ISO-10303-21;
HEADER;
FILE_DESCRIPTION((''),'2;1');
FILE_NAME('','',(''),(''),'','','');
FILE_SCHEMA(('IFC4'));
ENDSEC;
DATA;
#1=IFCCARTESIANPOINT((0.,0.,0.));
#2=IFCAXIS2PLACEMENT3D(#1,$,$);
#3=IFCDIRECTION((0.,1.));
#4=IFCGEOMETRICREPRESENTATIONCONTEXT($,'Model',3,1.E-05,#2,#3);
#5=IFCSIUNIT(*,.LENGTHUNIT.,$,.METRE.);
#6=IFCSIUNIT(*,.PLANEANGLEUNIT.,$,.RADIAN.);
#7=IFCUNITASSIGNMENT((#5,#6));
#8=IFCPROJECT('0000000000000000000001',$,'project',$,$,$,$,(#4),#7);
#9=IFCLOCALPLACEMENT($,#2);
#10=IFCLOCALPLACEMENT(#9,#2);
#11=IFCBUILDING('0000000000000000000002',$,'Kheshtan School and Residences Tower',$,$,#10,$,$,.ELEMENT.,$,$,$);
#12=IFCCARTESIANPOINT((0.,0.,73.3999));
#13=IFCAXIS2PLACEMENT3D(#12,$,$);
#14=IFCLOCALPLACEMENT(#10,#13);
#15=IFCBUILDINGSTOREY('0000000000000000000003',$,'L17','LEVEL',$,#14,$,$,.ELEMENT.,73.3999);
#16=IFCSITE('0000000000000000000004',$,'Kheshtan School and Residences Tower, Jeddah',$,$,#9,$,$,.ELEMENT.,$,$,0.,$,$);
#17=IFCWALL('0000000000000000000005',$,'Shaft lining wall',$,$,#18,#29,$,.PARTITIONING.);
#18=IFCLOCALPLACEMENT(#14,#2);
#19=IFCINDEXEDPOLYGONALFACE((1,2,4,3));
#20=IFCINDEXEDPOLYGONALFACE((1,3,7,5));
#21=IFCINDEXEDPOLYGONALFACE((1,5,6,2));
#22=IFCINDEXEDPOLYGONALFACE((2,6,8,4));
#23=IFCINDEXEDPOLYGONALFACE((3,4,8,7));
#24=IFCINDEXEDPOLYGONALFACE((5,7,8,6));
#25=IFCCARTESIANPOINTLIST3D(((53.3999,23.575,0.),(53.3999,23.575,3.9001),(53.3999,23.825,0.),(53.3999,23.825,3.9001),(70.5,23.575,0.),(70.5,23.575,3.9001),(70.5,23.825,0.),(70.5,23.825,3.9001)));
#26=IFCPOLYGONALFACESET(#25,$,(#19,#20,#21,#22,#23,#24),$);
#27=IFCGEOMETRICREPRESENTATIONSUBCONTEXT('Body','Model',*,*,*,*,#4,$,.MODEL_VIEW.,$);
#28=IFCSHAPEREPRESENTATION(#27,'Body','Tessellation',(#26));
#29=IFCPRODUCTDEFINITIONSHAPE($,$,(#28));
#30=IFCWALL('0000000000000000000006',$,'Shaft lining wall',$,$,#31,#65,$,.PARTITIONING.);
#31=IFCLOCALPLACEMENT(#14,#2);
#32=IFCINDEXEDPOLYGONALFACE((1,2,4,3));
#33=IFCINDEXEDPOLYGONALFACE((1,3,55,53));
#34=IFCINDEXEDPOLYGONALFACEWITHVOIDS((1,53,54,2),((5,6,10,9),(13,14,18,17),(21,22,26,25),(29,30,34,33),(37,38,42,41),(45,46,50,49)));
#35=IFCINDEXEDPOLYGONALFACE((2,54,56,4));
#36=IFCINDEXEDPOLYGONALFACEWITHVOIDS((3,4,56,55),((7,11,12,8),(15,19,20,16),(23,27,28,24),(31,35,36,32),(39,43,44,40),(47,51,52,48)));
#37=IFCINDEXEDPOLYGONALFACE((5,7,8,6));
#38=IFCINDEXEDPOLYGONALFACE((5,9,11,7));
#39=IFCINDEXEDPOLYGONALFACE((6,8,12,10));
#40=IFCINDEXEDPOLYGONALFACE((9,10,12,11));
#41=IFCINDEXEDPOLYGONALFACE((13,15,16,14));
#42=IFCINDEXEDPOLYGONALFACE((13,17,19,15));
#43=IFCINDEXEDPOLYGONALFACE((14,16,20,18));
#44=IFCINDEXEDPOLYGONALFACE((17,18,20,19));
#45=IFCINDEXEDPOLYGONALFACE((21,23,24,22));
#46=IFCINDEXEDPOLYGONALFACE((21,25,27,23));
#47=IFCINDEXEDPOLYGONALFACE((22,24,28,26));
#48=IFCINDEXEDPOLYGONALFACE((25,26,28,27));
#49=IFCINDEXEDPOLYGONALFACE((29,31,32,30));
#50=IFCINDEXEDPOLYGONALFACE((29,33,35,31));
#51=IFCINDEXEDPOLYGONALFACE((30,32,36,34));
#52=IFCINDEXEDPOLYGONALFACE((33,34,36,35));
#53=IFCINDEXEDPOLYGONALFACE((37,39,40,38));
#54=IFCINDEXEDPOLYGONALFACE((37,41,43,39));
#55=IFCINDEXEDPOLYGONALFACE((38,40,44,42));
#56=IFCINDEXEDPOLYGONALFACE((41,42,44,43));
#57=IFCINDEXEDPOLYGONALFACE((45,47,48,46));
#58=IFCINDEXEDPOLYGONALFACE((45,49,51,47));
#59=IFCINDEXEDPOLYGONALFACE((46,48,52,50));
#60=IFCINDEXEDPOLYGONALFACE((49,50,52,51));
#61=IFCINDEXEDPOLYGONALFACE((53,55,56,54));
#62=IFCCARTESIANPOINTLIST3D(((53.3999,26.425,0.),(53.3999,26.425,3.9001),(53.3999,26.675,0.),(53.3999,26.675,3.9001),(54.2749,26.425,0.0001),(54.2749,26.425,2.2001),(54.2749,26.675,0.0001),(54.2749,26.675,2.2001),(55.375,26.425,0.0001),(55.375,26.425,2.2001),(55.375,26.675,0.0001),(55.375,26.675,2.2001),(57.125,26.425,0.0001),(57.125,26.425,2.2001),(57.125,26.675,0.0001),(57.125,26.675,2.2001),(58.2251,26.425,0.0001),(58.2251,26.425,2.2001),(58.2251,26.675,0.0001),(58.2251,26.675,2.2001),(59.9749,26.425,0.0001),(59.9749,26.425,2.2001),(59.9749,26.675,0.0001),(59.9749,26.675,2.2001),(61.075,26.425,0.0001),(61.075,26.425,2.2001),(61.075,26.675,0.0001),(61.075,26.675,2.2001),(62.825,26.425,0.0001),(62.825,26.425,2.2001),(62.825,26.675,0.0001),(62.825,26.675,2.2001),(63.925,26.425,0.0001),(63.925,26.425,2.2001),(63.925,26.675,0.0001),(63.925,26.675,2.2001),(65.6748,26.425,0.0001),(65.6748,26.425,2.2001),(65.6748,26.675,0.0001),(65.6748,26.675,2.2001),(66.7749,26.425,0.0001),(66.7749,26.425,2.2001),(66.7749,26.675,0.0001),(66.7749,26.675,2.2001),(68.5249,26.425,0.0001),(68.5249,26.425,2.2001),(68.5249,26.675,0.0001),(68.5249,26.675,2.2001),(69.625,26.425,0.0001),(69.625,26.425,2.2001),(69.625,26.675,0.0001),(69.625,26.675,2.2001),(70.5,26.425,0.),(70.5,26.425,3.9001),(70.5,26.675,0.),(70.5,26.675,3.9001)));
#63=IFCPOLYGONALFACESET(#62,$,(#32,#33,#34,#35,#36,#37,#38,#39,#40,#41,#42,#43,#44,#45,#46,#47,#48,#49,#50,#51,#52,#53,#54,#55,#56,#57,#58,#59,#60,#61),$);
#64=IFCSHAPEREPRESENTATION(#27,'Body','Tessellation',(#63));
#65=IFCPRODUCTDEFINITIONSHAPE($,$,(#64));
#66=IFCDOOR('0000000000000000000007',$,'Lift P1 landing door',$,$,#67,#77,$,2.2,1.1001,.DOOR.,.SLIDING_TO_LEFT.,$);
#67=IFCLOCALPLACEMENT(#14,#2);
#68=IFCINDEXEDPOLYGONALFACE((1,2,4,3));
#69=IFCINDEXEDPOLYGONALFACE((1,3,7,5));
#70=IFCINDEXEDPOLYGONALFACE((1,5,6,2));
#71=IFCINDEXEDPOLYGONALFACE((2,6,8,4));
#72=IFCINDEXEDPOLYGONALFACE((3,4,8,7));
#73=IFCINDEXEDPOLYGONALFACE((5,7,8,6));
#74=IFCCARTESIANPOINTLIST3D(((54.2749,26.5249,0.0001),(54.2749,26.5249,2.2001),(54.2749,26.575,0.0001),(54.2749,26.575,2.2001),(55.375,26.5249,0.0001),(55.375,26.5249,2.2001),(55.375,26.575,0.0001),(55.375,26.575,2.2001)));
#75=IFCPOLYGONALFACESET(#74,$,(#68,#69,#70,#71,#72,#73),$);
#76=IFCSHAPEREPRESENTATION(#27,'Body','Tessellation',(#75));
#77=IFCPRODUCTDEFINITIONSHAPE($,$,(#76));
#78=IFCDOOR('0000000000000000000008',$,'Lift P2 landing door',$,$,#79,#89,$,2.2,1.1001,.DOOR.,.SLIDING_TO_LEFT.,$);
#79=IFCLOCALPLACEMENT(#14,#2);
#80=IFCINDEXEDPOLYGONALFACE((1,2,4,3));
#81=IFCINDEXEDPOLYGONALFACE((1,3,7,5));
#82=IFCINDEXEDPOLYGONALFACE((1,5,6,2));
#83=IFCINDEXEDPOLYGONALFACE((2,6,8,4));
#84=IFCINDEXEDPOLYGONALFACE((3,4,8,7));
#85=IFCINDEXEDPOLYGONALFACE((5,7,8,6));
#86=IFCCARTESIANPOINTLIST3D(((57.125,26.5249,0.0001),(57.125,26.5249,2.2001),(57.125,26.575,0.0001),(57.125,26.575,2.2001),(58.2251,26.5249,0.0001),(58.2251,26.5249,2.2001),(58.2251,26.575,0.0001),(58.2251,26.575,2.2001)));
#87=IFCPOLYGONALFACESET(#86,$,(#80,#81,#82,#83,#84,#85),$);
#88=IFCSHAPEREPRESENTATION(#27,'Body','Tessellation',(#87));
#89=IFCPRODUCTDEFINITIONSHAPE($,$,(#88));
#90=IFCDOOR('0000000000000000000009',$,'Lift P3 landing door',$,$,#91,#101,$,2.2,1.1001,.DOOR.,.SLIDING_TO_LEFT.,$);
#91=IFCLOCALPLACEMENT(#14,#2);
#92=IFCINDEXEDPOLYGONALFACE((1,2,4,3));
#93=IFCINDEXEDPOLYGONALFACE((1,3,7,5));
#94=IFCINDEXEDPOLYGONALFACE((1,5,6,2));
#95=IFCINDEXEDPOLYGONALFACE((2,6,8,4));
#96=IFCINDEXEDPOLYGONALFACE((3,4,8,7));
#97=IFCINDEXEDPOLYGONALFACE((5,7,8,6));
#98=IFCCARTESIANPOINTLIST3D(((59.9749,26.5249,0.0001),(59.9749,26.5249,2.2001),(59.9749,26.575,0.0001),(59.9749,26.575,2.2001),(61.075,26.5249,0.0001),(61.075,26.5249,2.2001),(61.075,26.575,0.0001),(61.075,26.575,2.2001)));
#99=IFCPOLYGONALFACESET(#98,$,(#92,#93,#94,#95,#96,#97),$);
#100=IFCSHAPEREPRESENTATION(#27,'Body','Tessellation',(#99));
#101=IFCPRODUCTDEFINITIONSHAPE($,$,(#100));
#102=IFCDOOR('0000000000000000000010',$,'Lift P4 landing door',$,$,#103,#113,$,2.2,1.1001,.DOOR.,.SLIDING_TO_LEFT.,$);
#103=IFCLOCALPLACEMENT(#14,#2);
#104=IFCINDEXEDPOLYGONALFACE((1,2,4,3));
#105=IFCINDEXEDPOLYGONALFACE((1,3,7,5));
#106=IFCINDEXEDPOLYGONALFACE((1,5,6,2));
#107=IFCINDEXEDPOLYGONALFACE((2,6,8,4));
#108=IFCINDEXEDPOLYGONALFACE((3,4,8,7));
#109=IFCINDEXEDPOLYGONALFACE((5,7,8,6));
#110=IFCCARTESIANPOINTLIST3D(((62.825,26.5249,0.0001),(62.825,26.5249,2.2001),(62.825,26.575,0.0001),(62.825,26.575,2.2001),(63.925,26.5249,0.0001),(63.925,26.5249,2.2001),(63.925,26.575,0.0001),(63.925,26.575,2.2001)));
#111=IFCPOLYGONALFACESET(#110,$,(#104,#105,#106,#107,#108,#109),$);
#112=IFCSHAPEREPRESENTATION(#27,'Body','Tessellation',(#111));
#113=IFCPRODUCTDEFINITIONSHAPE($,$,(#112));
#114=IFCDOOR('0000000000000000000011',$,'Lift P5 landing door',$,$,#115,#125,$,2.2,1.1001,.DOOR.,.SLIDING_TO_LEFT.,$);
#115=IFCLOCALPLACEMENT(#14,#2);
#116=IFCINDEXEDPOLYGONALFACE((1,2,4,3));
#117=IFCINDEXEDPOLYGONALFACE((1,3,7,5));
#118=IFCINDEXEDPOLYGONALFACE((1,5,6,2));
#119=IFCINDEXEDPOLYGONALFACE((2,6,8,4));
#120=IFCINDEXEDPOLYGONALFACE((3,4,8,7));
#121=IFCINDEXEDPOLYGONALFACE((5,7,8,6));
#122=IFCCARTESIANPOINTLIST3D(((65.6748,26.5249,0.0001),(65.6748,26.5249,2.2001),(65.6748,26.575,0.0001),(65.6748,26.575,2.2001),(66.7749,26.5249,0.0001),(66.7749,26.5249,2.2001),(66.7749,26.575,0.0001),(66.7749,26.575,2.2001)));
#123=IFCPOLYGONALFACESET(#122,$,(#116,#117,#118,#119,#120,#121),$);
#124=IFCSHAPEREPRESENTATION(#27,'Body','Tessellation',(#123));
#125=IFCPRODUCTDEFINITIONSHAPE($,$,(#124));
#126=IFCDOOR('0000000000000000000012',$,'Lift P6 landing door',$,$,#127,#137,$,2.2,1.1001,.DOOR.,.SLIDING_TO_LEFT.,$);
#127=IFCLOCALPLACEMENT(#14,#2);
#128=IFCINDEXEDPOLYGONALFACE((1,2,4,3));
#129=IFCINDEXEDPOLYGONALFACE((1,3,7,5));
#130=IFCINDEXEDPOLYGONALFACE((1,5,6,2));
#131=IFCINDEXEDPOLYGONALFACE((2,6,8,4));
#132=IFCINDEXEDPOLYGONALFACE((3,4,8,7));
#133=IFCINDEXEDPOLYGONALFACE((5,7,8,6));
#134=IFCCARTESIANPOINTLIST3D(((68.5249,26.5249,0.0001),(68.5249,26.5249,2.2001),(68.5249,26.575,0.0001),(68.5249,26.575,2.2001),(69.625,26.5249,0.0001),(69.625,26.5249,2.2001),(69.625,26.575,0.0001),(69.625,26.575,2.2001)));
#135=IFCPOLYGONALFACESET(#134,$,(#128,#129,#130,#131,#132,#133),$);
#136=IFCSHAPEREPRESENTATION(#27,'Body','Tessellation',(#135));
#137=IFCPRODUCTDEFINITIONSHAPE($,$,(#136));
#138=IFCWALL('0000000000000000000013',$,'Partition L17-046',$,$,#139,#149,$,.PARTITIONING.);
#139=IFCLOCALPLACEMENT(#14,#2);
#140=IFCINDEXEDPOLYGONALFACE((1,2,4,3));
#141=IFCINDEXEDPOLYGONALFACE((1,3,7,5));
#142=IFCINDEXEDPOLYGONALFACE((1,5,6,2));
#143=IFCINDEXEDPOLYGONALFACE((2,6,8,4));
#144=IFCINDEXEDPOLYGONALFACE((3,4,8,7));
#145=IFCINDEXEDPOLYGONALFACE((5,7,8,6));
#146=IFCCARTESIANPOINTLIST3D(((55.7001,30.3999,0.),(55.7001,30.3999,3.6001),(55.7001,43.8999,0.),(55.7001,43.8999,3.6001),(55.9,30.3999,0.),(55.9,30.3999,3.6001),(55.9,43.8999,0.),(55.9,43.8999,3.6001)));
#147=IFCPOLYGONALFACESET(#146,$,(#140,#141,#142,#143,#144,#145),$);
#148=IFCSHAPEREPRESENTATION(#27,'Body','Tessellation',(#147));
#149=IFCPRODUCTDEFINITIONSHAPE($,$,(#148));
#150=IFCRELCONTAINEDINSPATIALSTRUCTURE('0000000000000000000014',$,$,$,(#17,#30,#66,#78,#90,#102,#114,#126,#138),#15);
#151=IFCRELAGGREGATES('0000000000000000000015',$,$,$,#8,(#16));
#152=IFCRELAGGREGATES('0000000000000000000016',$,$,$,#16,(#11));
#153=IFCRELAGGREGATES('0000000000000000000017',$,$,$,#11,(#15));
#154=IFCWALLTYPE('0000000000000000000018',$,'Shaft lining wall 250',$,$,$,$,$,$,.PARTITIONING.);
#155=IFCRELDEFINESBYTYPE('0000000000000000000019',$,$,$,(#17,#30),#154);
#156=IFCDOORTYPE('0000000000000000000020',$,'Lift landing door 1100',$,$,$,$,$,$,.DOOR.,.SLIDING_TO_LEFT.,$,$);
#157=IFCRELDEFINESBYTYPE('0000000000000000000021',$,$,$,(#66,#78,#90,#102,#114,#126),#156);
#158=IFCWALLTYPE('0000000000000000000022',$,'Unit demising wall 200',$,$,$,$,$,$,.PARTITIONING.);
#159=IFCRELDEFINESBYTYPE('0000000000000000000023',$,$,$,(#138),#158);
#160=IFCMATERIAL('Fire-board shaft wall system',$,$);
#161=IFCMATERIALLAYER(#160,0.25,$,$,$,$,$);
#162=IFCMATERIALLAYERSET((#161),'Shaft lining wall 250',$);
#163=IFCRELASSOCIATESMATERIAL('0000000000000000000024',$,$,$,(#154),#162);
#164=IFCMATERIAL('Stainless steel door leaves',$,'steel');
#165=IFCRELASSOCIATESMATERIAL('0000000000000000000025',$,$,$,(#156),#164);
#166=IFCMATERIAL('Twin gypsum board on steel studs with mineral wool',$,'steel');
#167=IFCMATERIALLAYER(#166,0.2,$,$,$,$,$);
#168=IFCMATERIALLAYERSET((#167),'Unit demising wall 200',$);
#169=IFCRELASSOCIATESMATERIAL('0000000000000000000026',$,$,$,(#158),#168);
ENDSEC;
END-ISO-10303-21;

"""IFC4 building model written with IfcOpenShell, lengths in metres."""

from ifc_helpers import new_model, si_unit, direction, frame, frame_2d, origin, place, context, subcontext, project, spatial, rectangle, extrude, source, transform, mapped, material, layer, layer_set, type_object, element, fill, save


model = new_model("IFC4")

# Units and contexts
model_context = context("Model", 3, precision=1e-05, world=origin(), true_north=direction((0.0, 1.0)))
body_context = subcontext(model_context, "Body", "Model", "MODEL_VIEW")
ifc_project = project(units=[si_unit("LENGTHUNIT", "METRE"), si_unit("PLANEANGLEUNIT", "RADIAN")], contexts=[model_context])

# Site, building, storey
site_placement = place(None, origin())
site = spatial("IfcSite", under=ifc_project, at=site_placement, Name="Kheshtan School and Residences Tower, Jeddah", CompositionType="ELEMENT", RefElevation=0.0)
building_placement = place(site_placement, origin())
building = spatial("IfcBuilding", under=site, at=building_placement, Name="Kheshtan School and Residences Tower", CompositionType="ELEMENT")
storey_placement = place(building_placement, frame((0.0, 0.0, 73.3999)))
storey = spatial("IfcBuildingStorey", under=building, at=storey_placement, Name="L17", Description="LEVEL", CompositionType="ELEMENT", Elevation=73.3999)

# Wall
ifc_material_1 = material(Name="Fire-board shaft wall system")
ifc_layer_1 = layer(ifc_material_1, 0.25)
ifc_layer_set_1 = layer_set([ifc_layer_1], Name="Shaft lining wall 250")
wall_type_1 = type_object("IfcWallType", Name="Shaft lining wall 250", PredefinedType="PARTITIONING", material=ifc_layer_set_1)
wall_1_placement = place(storey_placement, frame((53.3999, 23.7, 0.0), z_axis=(0.0, 0.0, 1.0), x_axis=(1.0, 0.0, 0.0)))
element("IfcWall", 1, at=wall_1_placement, inside=storey, type_object=wall_type_1, Name="Shaft lining wall", PredefinedType="PARTITIONING", context=body_context, shape_type="SweptSolid", body=[
    extrude(rectangle(XDim=17.1001, YDim=0.25, at=frame_2d((8.55, 0.0))), origin(), (0.0, 0.0, 1.0), 3.9001),
])

# Wall, openings, doors
wall_2_placement = place(storey_placement, frame((53.3999, 26.55, 0.0), z_axis=(0.0, 0.0, 1.0), x_axis=(1.0, 0.0, 0.0)))
wall_2 = element("IfcWall", 2, at=wall_2_placement, inside=storey, type_object=wall_type_1, Name="Shaft lining wall", PredefinedType="PARTITIONING", context=body_context, shape_type="SweptSolid", body=[
    extrude(rectangle(XDim=17.1001, YDim=0.25, at=frame_2d((8.55, 0.0))), origin(), (0.0, 0.0, 1.0), 3.9001),
])
opening_1_placement = place(wall_2_placement, frame((0.875, 0.0, 0.0)))
opening_1 = element("IfcOpeningElement", 3, at=opening_1_placement, cuts=wall_2, PredefinedType="OPENING", context=body_context, shape_type="SweptSolid", body=[
    extrude(rectangle(XDim=1.1001, YDim=2.2, at=frame_2d((0.55, 1.1001))), frame((0.0, 0.135, 0.0), z_axis=(0.0, -1.0, 0.0), x_axis=(1.0, 0.0, 0.0)), (0.0, 0.0, 1.0), 0.27),
])
opening_2_placement = place(wall_2_placement, frame((3.7251, 0.0, 0.0)))
opening_2 = element("IfcOpeningElement", 4, at=opening_2_placement, cuts=wall_2, PredefinedType="OPENING", context=body_context, shape_type="SweptSolid", body=[
    extrude(rectangle(XDim=1.1001, YDim=2.2, at=frame_2d((0.55, 1.1001))), frame((0.0, 0.135, 0.0), z_axis=(0.0, -1.0, 0.0), x_axis=(1.0, 0.0, 0.0)), (0.0, 0.0, 1.0), 0.27),
])
opening_3_placement = place(wall_2_placement, frame((6.575, 0.0, 0.0)))
opening_3 = element("IfcOpeningElement", 5, at=opening_3_placement, cuts=wall_2, PredefinedType="OPENING", context=body_context, shape_type="SweptSolid", body=[
    extrude(rectangle(XDim=1.1001, YDim=2.2, at=frame_2d((0.55, 1.1001))), frame((0.0, 0.135, 0.0), z_axis=(0.0, -1.0, 0.0), x_axis=(1.0, 0.0, 0.0)), (0.0, 0.0, 1.0), 0.27),
])
opening_4_placement = place(wall_2_placement, frame((9.425, 0.0, 0.0)))
opening_4 = element("IfcOpeningElement", 6, at=opening_4_placement, cuts=wall_2, PredefinedType="OPENING", context=body_context, shape_type="SweptSolid", body=[
    extrude(rectangle(XDim=1.1001, YDim=2.2, at=frame_2d((0.55, 1.1001))), frame((0.0, 0.135, 0.0), z_axis=(0.0, -1.0, 0.0), x_axis=(1.0, 0.0, 0.0)), (0.0, 0.0, 1.0), 0.27),
])
opening_5_placement = place(wall_2_placement, frame((12.2749, 0.0, 0.0)))
opening_5 = element("IfcOpeningElement", 7, at=opening_5_placement, cuts=wall_2, PredefinedType="OPENING", context=body_context, shape_type="SweptSolid", body=[
    extrude(rectangle(XDim=1.1001, YDim=2.2, at=frame_2d((0.55, 1.1001))), frame((0.0, 0.135, 0.0), z_axis=(0.0, -1.0, 0.0), x_axis=(1.0, 0.0, 0.0)), (0.0, 0.0, 1.0), 0.27),
])
opening_6_placement = place(wall_2_placement, frame((15.125, 0.0, 0.0)))
opening_6 = element("IfcOpeningElement", 8, at=opening_6_placement, cuts=wall_2, PredefinedType="OPENING", context=body_context, shape_type="SweptSolid", body=[
    extrude(rectangle(XDim=1.1001, YDim=2.2, at=frame_2d((0.55, 1.1001))), frame((0.0, 0.135, 0.0), z_axis=(0.0, -1.0, 0.0), x_axis=(1.0, 0.0, 0.0)), (0.0, 0.0, 1.0), 0.27),
])
ifc_material_2 = material(Name="Stainless steel door leaves", Category="steel")
door_type_1 = type_object("IfcDoorType", Name="Lift landing door 1100", OperationType="SLIDING_TO_LEFT", PredefinedType="DOOR", material=ifc_material_2)
shared_shape_1 = source(origin(), body_context, "Body", "SweptSolid", [
    extrude(rectangle(XDim=1.1001, YDim=2.2, at=frame_2d((0.55, 1.1001))), frame((0.0, 0.0249, 0.0), z_axis=(0.0, -1.0, 0.0), x_axis=(1.0, 0.0, 0.0)), (0.0, 0.0, 1.0), 0.05),
])
door_1_placement = place(opening_1_placement, origin())
door_1 = element("IfcDoor", 9, at=door_1_placement, inside=storey, type_object=door_type_1, Name="Lift P1 landing door", OperationType="SLIDING_TO_LEFT", OverallHeight=2.2, OverallWidth=1.1001, PredefinedType="DOOR", context=body_context, shape_type="MappedRepresentation", body=[
    mapped(shared_shape_1, transform((0.0, 0.0, 0.0), x_axis=(1.0, 0.0, 0.0), y_axis=(0.0, 1.0, 0.0), z_axis=(0.0, 0.0, 1.0), scale=1.0)),
])
fill(opening_1, door_1)
door_2_placement = place(opening_2_placement, origin())
door_2 = element("IfcDoor", 10, at=door_2_placement, inside=storey, type_object=door_type_1, Name="Lift P2 landing door", OperationType="SLIDING_TO_LEFT", OverallHeight=2.2, OverallWidth=1.1001, PredefinedType="DOOR", context=body_context, shape_type="MappedRepresentation", body=[
    mapped(shared_shape_1, transform((0.0, 0.0, 0.0), x_axis=(1.0, 0.0, 0.0), y_axis=(0.0, 1.0, 0.0), z_axis=(0.0, 0.0, 1.0), scale=1.0)),
])
fill(opening_2, door_2)
door_3_placement = place(opening_3_placement, origin())
door_3 = element("IfcDoor", 11, at=door_3_placement, inside=storey, type_object=door_type_1, Name="Lift P3 landing door", OperationType="SLIDING_TO_LEFT", OverallHeight=2.2, OverallWidth=1.1001, PredefinedType="DOOR", context=body_context, shape_type="MappedRepresentation", body=[
    mapped(shared_shape_1, transform((0.0, 0.0, 0.0), x_axis=(1.0, 0.0, 0.0), y_axis=(0.0, 1.0, 0.0), z_axis=(0.0, 0.0, 1.0), scale=1.0)),
])
fill(opening_3, door_3)
door_4_placement = place(opening_4_placement, origin())
door_4 = element("IfcDoor", 12, at=door_4_placement, inside=storey, type_object=door_type_1, Name="Lift P4 landing door", OperationType="SLIDING_TO_LEFT", OverallHeight=2.2, OverallWidth=1.1001, PredefinedType="DOOR", context=body_context, shape_type="MappedRepresentation", body=[
    mapped(shared_shape_1, transform((0.0, 0.0, 0.0), x_axis=(1.0, 0.0, 0.0), y_axis=(0.0, 1.0, 0.0), z_axis=(0.0, 0.0, 1.0), scale=1.0)),
])
fill(opening_4, door_4)
door_5_placement = place(opening_5_placement, origin())
door_5 = element("IfcDoor", 13, at=door_5_placement, inside=storey, type_object=door_type_1, Name="Lift P5 landing door", OperationType="SLIDING_TO_LEFT", OverallHeight=2.2, OverallWidth=1.1001, PredefinedType="DOOR", context=body_context, shape_type="MappedRepresentation", body=[
    mapped(shared_shape_1, transform((0.0, 0.0, 0.0), x_axis=(1.0, 0.0, 0.0), y_axis=(0.0, 1.0, 0.0), z_axis=(0.0, 0.0, 1.0), scale=1.0)),
])
fill(opening_5, door_5)
door_6_placement = place(opening_6_placement, origin())
door_6 = element("IfcDoor", 14, at=door_6_placement, inside=storey, type_object=door_type_1, Name="Lift P6 landing door", OperationType="SLIDING_TO_LEFT", OverallHeight=2.2, OverallWidth=1.1001, PredefinedType="DOOR", context=body_context, shape_type="MappedRepresentation", body=[
    mapped(shared_shape_1, transform((0.0, 0.0, 0.0), x_axis=(1.0, 0.0, 0.0), y_axis=(0.0, 1.0, 0.0), z_axis=(0.0, 0.0, 1.0), scale=1.0)),
])
fill(opening_6, door_6)

# Wall
ifc_material_3 = material(Name="Twin gypsum board on steel studs with mineral wool", Category="steel")
ifc_layer_2 = layer(ifc_material_3, 0.2)
ifc_layer_set_2 = layer_set([ifc_layer_2], Name="Unit demising wall 200")
wall_type_2 = type_object("IfcWallType", Name="Unit demising wall 200", PredefinedType="PARTITIONING", material=ifc_layer_set_2)
wall_3_placement = place(storey_placement, frame((55.8, 30.3999, 0.0), z_axis=(0.0, 0.0, 1.0), x_axis=(0.0, 1.0, 0.0)))
element("IfcWall", 15, at=wall_3_placement, inside=storey, type_object=wall_type_2, Name="Partition L17-046", PredefinedType="PARTITIONING", context=body_context, shape_type="SweptSolid", body=[
    extrude(rectangle(XDim=13.5, YDim=0.2, at=frame_2d((6.75, 0.0))), origin(), (0.0, 0.0, 1.0), 3.6001),
])

save(model, "model.ifc")
